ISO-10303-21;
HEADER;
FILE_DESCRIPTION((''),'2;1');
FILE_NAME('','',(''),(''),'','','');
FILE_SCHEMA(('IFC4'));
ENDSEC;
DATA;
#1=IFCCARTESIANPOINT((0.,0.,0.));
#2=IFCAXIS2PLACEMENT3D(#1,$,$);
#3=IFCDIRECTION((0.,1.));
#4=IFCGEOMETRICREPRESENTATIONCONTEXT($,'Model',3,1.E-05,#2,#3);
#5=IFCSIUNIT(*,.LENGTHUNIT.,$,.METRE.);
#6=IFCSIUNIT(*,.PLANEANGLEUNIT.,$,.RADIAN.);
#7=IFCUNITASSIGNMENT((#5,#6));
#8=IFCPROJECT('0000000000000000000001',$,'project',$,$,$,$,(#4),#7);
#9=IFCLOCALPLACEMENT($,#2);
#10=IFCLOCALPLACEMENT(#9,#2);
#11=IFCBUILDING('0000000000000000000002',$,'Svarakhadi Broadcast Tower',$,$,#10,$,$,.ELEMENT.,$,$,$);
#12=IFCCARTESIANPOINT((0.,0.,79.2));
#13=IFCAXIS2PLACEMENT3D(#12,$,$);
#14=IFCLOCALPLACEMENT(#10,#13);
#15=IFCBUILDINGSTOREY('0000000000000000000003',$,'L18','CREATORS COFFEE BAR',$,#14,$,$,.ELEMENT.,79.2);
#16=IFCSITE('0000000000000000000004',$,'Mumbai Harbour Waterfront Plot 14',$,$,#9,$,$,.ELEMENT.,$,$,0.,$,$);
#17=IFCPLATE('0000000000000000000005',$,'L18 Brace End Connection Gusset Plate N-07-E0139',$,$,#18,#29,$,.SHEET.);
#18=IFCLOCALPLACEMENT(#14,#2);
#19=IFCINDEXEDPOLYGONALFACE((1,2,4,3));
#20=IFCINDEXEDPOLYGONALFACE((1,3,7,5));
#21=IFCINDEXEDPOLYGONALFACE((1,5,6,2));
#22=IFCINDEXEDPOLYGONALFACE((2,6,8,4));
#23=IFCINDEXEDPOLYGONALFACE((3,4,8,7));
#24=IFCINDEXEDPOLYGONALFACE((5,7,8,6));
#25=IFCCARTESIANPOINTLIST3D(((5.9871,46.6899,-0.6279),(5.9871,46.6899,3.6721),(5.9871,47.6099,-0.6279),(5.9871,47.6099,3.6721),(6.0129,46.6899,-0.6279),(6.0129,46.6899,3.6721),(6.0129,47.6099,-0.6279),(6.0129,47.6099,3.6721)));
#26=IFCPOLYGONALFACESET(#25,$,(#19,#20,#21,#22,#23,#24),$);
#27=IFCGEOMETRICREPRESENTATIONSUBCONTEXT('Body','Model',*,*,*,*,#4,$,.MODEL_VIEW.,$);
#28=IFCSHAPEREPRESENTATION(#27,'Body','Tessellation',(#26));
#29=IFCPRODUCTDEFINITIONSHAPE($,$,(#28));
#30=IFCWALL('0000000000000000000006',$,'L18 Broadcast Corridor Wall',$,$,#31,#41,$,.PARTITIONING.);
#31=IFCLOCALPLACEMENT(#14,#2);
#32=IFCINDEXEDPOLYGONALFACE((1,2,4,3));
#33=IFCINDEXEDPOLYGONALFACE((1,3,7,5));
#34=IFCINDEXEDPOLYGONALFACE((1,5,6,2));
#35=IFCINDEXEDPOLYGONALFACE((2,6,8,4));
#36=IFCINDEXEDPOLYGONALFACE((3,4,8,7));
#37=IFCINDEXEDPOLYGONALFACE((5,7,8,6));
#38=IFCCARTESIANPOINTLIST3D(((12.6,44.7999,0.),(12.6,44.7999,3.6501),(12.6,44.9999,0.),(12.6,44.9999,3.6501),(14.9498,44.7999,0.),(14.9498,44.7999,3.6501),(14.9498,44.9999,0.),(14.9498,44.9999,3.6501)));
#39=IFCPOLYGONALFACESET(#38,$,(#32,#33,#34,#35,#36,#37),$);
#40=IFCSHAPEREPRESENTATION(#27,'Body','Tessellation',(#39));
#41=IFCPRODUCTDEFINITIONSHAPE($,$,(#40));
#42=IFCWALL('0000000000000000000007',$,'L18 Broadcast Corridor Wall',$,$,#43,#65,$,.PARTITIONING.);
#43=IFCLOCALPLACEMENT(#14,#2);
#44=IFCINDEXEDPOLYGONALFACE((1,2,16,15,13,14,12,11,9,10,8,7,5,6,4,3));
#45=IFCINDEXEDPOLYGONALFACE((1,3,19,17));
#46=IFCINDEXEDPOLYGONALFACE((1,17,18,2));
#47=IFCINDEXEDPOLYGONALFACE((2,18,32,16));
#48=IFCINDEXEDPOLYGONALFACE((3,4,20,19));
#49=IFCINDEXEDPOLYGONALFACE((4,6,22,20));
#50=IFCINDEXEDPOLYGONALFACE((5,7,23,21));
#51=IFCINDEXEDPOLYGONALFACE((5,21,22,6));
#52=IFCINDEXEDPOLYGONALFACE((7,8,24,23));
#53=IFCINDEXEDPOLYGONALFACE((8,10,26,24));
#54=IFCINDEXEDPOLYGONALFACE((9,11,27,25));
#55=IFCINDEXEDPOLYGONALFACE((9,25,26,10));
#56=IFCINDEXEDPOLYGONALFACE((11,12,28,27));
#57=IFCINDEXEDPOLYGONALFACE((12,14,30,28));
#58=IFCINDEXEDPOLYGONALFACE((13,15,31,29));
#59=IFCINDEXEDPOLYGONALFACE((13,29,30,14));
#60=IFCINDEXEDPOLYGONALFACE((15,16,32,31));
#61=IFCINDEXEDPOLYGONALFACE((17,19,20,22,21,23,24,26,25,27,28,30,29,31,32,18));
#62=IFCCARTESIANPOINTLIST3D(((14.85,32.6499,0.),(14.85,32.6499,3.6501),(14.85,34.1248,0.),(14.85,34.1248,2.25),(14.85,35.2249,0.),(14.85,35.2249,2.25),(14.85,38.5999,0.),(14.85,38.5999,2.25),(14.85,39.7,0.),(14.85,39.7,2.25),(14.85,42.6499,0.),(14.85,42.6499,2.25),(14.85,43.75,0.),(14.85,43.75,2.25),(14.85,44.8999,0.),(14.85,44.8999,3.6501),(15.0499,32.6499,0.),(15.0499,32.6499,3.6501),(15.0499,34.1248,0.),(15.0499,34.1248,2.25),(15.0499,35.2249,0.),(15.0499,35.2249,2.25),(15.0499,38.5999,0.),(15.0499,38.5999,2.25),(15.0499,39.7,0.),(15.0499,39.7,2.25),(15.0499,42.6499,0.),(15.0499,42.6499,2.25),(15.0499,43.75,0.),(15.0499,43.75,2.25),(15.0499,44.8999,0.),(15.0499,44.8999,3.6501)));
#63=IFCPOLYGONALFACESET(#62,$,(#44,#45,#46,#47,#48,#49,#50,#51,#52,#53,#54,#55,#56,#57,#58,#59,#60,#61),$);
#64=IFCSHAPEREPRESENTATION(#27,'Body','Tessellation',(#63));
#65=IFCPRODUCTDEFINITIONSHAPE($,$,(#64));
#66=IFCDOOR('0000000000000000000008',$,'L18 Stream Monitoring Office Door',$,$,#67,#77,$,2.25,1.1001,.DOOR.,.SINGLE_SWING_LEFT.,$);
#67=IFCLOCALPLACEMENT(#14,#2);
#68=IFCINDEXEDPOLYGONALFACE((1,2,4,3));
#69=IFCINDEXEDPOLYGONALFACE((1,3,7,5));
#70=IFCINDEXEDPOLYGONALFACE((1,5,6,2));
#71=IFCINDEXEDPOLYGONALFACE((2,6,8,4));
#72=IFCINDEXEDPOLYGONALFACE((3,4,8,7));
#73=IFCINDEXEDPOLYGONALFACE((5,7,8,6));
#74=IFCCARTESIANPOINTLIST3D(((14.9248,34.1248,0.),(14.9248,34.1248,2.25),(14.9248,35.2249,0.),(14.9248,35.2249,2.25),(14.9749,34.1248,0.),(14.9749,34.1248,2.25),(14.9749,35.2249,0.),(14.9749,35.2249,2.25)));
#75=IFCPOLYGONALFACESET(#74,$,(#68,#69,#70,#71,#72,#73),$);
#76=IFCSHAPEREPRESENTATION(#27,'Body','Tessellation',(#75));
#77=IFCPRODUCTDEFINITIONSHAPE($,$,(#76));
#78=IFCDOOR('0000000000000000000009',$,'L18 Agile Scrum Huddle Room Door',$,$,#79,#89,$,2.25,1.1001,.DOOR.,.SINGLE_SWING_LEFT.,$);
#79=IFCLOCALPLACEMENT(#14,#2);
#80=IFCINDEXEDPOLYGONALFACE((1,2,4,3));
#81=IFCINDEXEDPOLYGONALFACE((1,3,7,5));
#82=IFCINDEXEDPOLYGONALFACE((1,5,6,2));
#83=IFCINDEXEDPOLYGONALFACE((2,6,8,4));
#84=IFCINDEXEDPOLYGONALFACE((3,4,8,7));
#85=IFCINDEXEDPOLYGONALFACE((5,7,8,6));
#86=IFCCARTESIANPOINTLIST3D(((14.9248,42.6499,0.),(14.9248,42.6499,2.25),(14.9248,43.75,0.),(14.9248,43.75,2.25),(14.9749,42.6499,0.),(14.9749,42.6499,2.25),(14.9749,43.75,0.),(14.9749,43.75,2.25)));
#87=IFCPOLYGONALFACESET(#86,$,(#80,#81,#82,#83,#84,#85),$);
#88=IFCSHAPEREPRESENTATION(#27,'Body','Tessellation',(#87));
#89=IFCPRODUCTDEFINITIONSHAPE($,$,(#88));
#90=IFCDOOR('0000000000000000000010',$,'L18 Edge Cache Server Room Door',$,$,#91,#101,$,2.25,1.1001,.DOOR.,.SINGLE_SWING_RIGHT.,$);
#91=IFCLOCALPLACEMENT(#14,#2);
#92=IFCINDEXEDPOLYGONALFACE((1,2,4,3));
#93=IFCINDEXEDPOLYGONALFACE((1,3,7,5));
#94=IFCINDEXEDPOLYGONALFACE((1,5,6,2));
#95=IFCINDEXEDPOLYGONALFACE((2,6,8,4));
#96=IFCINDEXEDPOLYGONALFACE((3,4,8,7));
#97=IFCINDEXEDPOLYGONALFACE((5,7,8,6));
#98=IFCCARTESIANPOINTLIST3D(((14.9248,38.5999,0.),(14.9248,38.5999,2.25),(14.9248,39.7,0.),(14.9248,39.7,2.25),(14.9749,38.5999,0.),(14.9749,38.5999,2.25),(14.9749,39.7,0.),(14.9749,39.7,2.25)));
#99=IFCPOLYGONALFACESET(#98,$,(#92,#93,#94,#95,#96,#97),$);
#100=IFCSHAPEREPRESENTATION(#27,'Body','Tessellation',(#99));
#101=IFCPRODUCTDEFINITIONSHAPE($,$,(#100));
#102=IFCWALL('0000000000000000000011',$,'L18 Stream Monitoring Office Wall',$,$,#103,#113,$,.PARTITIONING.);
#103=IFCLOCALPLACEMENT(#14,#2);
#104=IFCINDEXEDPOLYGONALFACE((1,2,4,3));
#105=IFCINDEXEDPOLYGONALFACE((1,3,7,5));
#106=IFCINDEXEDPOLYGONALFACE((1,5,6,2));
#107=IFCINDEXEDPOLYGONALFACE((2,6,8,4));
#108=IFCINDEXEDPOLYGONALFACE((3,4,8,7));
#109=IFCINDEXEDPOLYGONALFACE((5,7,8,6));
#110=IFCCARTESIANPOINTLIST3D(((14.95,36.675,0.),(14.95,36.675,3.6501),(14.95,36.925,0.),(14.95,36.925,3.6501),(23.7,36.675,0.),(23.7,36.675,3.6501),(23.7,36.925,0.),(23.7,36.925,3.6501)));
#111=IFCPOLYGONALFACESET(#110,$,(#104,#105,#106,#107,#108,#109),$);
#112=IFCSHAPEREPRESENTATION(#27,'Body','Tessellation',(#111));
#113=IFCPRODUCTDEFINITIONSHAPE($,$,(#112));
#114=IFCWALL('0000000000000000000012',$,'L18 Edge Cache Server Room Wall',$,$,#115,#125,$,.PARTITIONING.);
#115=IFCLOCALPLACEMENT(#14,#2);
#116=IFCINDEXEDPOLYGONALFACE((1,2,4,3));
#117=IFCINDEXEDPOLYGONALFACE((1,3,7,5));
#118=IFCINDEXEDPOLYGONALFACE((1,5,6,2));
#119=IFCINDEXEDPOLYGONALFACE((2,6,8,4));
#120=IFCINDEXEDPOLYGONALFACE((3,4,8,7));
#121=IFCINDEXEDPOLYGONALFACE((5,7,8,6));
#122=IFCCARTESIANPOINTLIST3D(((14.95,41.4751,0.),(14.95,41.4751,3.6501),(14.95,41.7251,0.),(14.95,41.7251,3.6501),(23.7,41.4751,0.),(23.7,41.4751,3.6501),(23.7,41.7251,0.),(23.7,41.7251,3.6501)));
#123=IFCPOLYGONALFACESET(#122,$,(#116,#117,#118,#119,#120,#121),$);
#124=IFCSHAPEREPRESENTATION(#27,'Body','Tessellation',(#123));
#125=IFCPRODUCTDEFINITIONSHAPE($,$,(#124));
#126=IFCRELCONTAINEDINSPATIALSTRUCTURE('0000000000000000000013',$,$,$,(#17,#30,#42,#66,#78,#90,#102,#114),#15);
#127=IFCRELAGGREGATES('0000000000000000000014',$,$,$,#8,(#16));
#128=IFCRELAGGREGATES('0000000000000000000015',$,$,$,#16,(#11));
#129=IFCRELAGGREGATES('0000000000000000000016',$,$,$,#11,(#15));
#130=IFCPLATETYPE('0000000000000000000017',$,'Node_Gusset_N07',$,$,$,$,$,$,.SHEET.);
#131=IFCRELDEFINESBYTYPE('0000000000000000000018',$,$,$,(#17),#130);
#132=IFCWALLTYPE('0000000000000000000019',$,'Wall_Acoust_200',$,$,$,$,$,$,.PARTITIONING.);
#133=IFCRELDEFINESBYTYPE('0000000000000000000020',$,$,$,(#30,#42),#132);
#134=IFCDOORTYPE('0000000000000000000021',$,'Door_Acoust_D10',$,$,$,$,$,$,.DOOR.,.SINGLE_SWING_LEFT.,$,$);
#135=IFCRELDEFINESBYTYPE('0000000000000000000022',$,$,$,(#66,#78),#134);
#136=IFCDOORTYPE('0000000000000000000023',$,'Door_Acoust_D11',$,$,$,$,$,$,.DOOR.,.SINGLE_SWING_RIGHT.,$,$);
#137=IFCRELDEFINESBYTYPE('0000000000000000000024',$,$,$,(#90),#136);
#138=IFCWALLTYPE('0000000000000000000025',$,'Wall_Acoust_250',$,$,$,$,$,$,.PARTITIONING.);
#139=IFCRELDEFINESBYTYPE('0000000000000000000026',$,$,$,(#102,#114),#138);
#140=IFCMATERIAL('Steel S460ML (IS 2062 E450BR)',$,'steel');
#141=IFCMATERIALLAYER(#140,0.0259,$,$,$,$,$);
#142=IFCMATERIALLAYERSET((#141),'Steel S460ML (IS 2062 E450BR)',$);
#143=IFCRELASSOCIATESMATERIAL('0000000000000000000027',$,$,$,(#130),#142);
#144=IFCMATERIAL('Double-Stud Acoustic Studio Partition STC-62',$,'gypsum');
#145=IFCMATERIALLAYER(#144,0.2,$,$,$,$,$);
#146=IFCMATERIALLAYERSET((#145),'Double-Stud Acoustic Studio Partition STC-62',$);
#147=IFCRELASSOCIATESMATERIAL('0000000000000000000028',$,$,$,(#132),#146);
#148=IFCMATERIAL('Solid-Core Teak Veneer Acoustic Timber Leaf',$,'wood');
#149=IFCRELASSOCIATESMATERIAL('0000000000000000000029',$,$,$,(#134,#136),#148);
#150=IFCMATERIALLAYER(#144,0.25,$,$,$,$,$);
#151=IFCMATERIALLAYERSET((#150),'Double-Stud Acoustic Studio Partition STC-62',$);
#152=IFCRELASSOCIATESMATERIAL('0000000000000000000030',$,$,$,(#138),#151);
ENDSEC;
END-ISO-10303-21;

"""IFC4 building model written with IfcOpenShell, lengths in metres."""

from ifc_helpers import new_model, si_unit, direction, frame, frame_2d, origin, origin_2d, place, context, subcontext, project, spatial, rectangle, extrude, material, layer, layer_set, type_object, element, fill, save


model = new_model("IFC4")

# Units and contexts
model_context = context("Model", 3, precision=1e-05, world=origin(), true_north=direction((0.0, 1.0)))
body_context = subcontext(model_context, "Body", "Model", "MODEL_VIEW")
ifc_project = project(units=[si_unit("LENGTHUNIT", "METRE"), si_unit("PLANEANGLEUNIT", "RADIAN")], contexts=[model_context])

# Site, building, storey
site_placement = place(None, origin())
site = spatial("IfcSite", under=ifc_project, at=site_placement, Name="Mumbai Harbour Waterfront Plot 14", CompositionType="ELEMENT", RefElevation=0.0)
building_placement = place(site_placement, origin())
building = spatial("IfcBuilding", under=site, at=building_placement, Name="Svarakhadi Broadcast Tower", CompositionType="ELEMENT")
storey_placement = place(building_placement, frame((0.0, 0.0, 79.2)))
storey = spatial("IfcBuildingStorey", under=building, at=storey_placement, Name="L18", Description="CREATORS COFFEE BAR", CompositionType="ELEMENT", Elevation=79.2)

# Shared definitions
ifc_material_1 = material(Name="Steel S460ML (IS 2062 E450BR)", Category="steel")

# Plate
ifc_layer_1 = layer(ifc_material_1, 0.0259)
ifc_layer_set_1 = layer_set([ifc_layer_1], Name="Steel S460ML (IS 2062 E450BR)")
plate_type = type_object("IfcPlateType", Name="Node_Gusset_N07", PredefinedType="SHEET", material=ifc_layer_set_1)
plate_placement = place(storey_placement, frame((6.0, 47.1499, -0.6279), z_axis=(0.0, 0.0, 1.0), x_axis=(0.0, 1.0, 0.0)))
element("IfcPlate", 1, at=plate_placement, inside=storey, type_object=plate_type, Name="L18 Brace End Connection Gusset Plate N-07-E0139", PredefinedType="SHEET", context=body_context, shape_type="SweptSolid", body=[
    extrude(rectangle(XDim=0.9199, YDim=0.0259, at=origin_2d()), origin(), (0.0, 0.0, 1.0), 4.3),
])

# Wall
ifc_material_2 = material(Name="Double-Stud Acoustic Studio Partition STC-62", Category="gypsum")
ifc_layer_2 = layer(ifc_material_2, 0.2)
ifc_layer_set_2 = layer_set([ifc_layer_2], Name="Double-Stud Acoustic Studio Partition STC-62")
wall_type_1 = type_object("IfcWallType", Name="Wall_Acoust_200", PredefinedType="PARTITIONING", material=ifc_layer_set_2)
wall_1_placement = place(storey_placement, frame((12.6001, 44.8999, 0.0), z_axis=(0.0, 0.0, 1.0), x_axis=(1.0, 0.0, 0.0)))
element("IfcWall", 2, at=wall_1_placement, inside=storey, type_object=wall_type_1, Name="L18 Broadcast Corridor Wall", PredefinedType="PARTITIONING", context=body_context, shape_type="SweptSolid", body=[
    extrude(rectangle(XDim=2.3499, YDim=0.2, at=frame_2d((1.1748, 0.0))), origin(), (0.0, 0.0, 1.0), 3.6501),
])

# Wall, openings, doors
wall_2_placement = place(storey_placement, frame((14.95, 44.8999, 0.0), z_axis=(0.0, 0.0, 1.0), x_axis=(0.0, -1.0, 0.0)))
wall_2 = element("IfcWall", 3, at=wall_2_placement, inside=storey, type_object=wall_type_1, Name="L18 Broadcast Corridor Wall", PredefinedType="PARTITIONING", context=body_context, shape_type="SweptSolid", body=[
    extrude(rectangle(XDim=12.25, YDim=0.2, at=frame_2d((6.125, 0.0))), origin(), (0.0, 0.0, 1.0), 3.6501),
])
opening_1_placement = place(wall_2_placement, frame((9.675, 0.0, 0.0)))
opening_1 = element("IfcOpeningElement", 4, at=opening_1_placement, cuts=wall_2, PredefinedType="OPENING", context=body_context, shape_type="SweptSolid", body=[
    extrude(rectangle(XDim=1.1001, YDim=2.25, at=frame_2d((0.55, 1.125))), frame((0.0, 0.1099, 0.0), z_axis=(0.0, -1.0, 0.0), x_axis=(1.0, 0.0, 0.0)), (0.0, 0.0, 1.0), 0.22),
])
opening_2_placement = place(wall_2_placement, frame((5.2, 0.0, 0.0)))
opening_2 = element("IfcOpeningElement", 5, at=opening_2_placement, cuts=wall_2, PredefinedType="OPENING", context=body_context, shape_type="SweptSolid", body=[
    extrude(rectangle(XDim=1.1001, YDim=2.25, at=frame_2d((0.55, 1.125))), frame((0.0, 0.1099, 0.0), z_axis=(0.0, -1.0, 0.0), x_axis=(1.0, 0.0, 0.0)), (0.0, 0.0, 1.0), 0.22),
])
opening_3_placement = place(wall_2_placement, frame((1.1499, 0.0, 0.0)))
opening_3 = element("IfcOpeningElement", 6, at=opening_3_placement, cuts=wall_2, PredefinedType="OPENING", context=body_context, shape_type="SweptSolid", body=[
    extrude(rectangle(XDim=1.1001, YDim=2.25, at=frame_2d((0.55, 1.125))), frame((0.0, 0.1099, 0.0), z_axis=(0.0, -1.0, 0.0), x_axis=(1.0, 0.0, 0.0)), (0.0, 0.0, 1.0), 0.22),
])
ifc_material_3 = material(Name="Solid-Core Teak Veneer Acoustic Timber Leaf", Category="wood")
door_type_1 = type_object("IfcDoorType", Name="Door_Acoust_D10", OperationType="SINGLE_SWING_LEFT", PredefinedType="DOOR", material=ifc_material_3)
door_1_placement = place(opening_1_placement, origin())
door_1 = element("IfcDoor", 7, at=door_1_placement, inside=storey, type_object=door_type_1, Name="L18 Stream Monitoring Office Door", OperationType="SINGLE_SWING_LEFT", OverallHeight=2.25, OverallWidth=1.1001, PredefinedType="DOOR", context=body_context, shape_type="SweptSolid", body=[
    extrude(rectangle(XDim=1.1001, YDim=2.25, at=frame_2d((0.55, 1.125))), frame((0.0, 0.0249, 0.0), z_axis=(0.0, -1.0, 0.0), x_axis=(1.0, 0.0, 0.0)), (0.0, 0.0, 1.0), 0.05),
])
fill(opening_1, door_1)
door_2_placement = place(opening_3_placement, origin())
door_2 = element("IfcDoor", 8, at=door_2_placement, inside=storey, type_object=door_type_1, Name="L18 Agile Scrum Huddle Room Door", OperationType="SINGLE_SWING_LEFT", OverallHeight=2.25, OverallWidth=1.1001, PredefinedType="DOOR", context=body_context, shape_type="SweptSolid", body=[
    extrude(rectangle(XDim=1.1001, YDim=2.25, at=frame_2d((0.55, 1.125))), frame((0.0, 0.0249, 0.0), z_axis=(0.0, -1.0, 0.0), x_axis=(1.0, 0.0, 0.0)), (0.0, 0.0, 1.0), 0.05),
])
fill(opening_3, door_2)
door_type_2 = type_object("IfcDoorType", Name="Door_Acoust_D11", OperationType="SINGLE_SWING_RIGHT", PredefinedType="DOOR", material=ifc_material_3)
door_3_placement = place(opening_2_placement, origin())
door_3 = element("IfcDoor", 9, at=door_3_placement, inside=storey, type_object=door_type_2, Name="L18 Edge Cache Server Room Door", OperationType="SINGLE_SWING_RIGHT", OverallHeight=2.25, OverallWidth=1.1001, PredefinedType="DOOR", context=body_context, shape_type="SweptSolid", body=[
    extrude(rectangle(XDim=1.1001, YDim=2.25, at=frame_2d((0.55, 1.125))), frame((0.0, 0.0249, 0.0), z_axis=(0.0, -1.0, 0.0), x_axis=(1.0, 0.0, 0.0)), (0.0, 0.0, 1.0), 0.05),
])
fill(opening_2, door_3)

# Walls
ifc_layer_3 = layer(ifc_material_2, 0.25)
ifc_layer_set_3 = layer_set([ifc_layer_3], Name="Double-Stud Acoustic Studio Partition STC-62")
wall_type_2 = type_object("IfcWallType", Name="Wall_Acoust_250", PredefinedType="PARTITIONING", material=ifc_layer_set_3)
for number, where, z_axis, x_axis, name in (
    (10, (14.95, 36.8, 0.0), (0.0, 0.0, 1.0), (1.0, 0.0, 0.0), "L18 Stream Monitoring Office Wall"),
    (11, (14.95, 41.6001, 0.0), (0.0, 0.0, 1.0), (1.0, 0.0, 0.0), "L18 Edge Cache Server Room Wall"),
):
    element("IfcWall", number, at=place(storey_placement, frame(where, z_axis=z_axis, x_axis=x_axis)), inside=storey, type_object=wall_type_2, Name=name, PredefinedType="PARTITIONING", context=body_context, shape_type="SweptSolid", body=[
        extrude(rectangle(XDim=8.75, YDim=0.25, at=frame_2d((4.375, 0.0))), origin(), (0.0, 0.0, 1.0), 3.6501),
    ])

save(model, "model.ifc")
